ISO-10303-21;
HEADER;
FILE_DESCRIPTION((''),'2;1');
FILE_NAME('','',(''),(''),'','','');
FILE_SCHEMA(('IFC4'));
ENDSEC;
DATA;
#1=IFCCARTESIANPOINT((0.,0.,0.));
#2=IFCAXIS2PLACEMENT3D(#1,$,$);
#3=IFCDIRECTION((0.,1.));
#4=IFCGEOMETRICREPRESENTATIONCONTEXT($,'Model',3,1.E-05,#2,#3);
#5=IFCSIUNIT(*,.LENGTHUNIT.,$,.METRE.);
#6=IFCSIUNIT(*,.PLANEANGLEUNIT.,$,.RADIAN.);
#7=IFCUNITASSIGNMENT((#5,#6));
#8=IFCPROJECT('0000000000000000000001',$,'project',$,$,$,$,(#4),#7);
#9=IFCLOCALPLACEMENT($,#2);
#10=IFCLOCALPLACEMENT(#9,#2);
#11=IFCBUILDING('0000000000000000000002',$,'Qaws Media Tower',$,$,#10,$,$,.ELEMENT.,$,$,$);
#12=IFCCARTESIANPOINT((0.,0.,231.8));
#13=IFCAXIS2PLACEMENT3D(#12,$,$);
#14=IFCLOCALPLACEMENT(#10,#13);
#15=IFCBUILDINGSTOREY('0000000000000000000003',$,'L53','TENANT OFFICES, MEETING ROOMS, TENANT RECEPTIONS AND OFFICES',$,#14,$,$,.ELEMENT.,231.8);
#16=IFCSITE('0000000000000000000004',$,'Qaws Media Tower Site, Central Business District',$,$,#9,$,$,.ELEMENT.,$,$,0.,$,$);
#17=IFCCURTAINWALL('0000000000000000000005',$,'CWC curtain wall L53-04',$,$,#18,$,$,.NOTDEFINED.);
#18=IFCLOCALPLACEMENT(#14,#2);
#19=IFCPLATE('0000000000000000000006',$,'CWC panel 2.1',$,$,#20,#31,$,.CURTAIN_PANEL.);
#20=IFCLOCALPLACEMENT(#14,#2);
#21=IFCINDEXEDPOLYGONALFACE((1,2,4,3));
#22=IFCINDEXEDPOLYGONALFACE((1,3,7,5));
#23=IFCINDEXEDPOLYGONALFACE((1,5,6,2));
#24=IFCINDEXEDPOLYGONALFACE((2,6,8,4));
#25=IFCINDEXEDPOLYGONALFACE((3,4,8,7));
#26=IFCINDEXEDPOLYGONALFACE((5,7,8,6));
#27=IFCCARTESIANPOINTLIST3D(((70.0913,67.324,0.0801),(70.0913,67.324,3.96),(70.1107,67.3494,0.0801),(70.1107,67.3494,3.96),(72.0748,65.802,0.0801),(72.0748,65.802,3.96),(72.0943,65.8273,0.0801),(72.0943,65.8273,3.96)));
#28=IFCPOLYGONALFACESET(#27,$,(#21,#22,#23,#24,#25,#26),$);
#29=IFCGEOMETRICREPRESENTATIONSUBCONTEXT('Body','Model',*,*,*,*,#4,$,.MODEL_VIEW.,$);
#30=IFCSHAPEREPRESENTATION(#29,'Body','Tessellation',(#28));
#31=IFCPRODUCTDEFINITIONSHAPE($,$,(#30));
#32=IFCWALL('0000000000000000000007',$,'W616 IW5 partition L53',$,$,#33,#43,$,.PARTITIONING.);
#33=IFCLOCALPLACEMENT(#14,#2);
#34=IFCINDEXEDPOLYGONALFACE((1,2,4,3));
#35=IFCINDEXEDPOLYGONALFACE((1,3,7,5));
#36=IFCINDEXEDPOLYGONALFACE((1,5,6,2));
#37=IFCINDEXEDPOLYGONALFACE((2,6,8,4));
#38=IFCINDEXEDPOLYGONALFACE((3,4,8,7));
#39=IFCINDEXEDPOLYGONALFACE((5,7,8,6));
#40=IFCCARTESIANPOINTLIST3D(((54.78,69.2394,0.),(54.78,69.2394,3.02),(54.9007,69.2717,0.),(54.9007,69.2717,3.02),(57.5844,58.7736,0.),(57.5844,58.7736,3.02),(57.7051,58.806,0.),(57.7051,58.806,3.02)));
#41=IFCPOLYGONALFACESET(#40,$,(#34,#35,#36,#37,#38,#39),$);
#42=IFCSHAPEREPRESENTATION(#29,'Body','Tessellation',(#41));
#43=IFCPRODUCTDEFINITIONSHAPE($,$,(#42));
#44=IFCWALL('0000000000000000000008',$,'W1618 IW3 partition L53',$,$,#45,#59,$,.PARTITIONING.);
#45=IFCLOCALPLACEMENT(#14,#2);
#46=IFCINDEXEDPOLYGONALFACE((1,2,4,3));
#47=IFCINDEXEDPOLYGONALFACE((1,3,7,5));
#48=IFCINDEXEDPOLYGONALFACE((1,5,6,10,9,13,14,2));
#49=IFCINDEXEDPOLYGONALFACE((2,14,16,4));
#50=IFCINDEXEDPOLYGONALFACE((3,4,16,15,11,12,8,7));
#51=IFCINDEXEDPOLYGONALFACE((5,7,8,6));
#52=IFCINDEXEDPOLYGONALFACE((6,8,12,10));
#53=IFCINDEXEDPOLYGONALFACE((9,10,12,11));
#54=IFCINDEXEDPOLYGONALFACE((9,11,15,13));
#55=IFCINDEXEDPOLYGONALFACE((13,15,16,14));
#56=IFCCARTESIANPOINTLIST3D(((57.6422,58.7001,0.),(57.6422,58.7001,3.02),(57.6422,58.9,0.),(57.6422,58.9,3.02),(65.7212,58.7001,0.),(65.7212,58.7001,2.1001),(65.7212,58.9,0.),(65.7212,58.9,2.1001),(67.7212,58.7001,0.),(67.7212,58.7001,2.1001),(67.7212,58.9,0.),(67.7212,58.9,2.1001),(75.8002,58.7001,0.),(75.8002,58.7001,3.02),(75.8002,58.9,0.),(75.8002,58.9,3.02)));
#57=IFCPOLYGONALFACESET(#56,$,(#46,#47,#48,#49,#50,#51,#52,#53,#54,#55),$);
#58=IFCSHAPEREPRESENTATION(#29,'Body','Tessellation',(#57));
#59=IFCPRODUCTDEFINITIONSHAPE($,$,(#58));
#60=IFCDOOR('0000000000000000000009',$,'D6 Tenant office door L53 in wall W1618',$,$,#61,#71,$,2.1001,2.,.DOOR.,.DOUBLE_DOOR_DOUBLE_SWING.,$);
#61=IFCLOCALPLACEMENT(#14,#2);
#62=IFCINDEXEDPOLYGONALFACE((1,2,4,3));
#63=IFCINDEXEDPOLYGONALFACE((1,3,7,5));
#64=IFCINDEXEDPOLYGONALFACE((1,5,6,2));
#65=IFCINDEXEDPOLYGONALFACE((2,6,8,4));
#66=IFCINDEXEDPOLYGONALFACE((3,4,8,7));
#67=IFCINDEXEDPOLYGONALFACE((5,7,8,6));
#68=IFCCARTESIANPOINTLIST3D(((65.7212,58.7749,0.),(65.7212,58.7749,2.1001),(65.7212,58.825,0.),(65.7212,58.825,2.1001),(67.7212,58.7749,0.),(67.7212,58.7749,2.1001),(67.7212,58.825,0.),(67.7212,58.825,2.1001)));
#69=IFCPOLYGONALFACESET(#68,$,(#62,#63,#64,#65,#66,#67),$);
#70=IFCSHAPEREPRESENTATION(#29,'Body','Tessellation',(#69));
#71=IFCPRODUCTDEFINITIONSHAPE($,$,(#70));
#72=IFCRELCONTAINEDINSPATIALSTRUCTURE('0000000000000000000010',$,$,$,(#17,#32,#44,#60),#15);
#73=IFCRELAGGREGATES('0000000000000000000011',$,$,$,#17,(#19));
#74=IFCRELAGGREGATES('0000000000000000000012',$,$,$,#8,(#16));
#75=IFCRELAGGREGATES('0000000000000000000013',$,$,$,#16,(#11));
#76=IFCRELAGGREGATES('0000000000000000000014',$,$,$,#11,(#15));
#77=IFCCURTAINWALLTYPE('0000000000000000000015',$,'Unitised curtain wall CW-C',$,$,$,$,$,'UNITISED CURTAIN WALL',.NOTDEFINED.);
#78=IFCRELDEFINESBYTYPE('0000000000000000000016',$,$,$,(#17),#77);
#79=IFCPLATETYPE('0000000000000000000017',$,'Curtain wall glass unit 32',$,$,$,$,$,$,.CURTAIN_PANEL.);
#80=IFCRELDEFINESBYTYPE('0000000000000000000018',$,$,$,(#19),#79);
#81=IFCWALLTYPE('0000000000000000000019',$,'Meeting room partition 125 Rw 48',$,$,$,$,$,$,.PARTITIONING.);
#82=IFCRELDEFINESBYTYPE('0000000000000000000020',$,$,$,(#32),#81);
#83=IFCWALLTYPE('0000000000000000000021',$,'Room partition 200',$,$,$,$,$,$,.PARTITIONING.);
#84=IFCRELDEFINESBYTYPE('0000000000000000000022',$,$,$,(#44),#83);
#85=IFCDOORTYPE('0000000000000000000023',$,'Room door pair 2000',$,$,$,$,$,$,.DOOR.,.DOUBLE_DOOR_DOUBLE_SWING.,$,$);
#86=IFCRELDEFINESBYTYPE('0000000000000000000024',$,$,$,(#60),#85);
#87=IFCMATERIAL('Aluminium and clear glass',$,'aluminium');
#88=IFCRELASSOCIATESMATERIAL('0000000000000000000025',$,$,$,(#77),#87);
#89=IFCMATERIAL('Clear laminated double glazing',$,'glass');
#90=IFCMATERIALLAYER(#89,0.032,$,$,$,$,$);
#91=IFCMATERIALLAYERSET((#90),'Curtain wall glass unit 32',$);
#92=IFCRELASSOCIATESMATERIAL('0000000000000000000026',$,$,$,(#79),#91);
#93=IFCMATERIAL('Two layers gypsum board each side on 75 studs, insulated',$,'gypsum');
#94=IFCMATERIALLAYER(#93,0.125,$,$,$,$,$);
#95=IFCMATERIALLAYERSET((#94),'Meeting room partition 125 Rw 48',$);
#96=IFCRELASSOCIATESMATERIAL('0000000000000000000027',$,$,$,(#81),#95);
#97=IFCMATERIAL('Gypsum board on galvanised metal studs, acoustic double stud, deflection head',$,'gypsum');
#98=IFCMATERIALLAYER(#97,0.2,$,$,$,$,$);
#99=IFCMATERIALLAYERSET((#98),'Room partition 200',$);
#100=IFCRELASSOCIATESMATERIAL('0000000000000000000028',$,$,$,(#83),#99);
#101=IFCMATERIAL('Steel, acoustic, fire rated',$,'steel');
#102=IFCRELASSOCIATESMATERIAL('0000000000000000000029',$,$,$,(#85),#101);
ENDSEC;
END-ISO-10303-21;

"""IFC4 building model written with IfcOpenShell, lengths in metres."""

from ifc_helpers import new_model, si_unit, direction, frame, frame_2d, origin, origin_2d, place, context, subcontext, project, spatial, rectangle, extrude, material, layer, layer_set, type_object, element, fill, aggregate, save


model = new_model("IFC4")

# Units and contexts
model_context = context("Model", 3, precision=1e-05, world=origin(), true_north=direction((0.0, 1.0)))
body_context = subcontext(model_context, "Body", "Model", "MODEL_VIEW")
ifc_project = project(units=[si_unit("LENGTHUNIT", "METRE"), si_unit("PLANEANGLEUNIT", "RADIAN")], contexts=[model_context])

# Site, building, storey
site_placement = place(None, origin())
site = spatial("IfcSite", under=ifc_project, at=site_placement, Name="Qaws Media Tower Site, Central Business District", CompositionType="ELEMENT", RefElevation=0.0)
building_placement = place(site_placement, origin())
building = spatial("IfcBuilding", under=site, at=building_placement, Name="Qaws Media Tower", CompositionType="ELEMENT")
storey_placement = place(building_placement, frame((0.0, 0.0, 231.8)))
storey = spatial("IfcBuildingStorey", under=building, at=storey_placement, Name="L53", Description="TENANT OFFICES, MEETING ROOMS, TENANT RECEPTIONS AND OFFICES", CompositionType="ELEMENT", Elevation=231.8)

# Curtain wall
ifc_material_1 = material(Name="Aluminium and clear glass", Category="aluminium")
curtain_wall_type = type_object("IfcCurtainWallType", Name="Unitised curtain wall CW-C", ElementType="UNITISED CURTAIN WALL", PredefinedType="NOTDEFINED", material=ifc_material_1)
curtain_wall_1_placement = place(storey_placement, origin())
curtain_wall_1 = element("IfcCurtainWall", 1, at=curtain_wall_1_placement, inside=storey, type_object=curtain_wall_type, Name="CWC curtain wall L53-04", PredefinedType="NOTDEFINED")

# Plate
ifc_material_2 = material(Name="Clear laminated double glazing", Category="glass")
ifc_layer_1 = layer(ifc_material_2, 0.032)
ifc_layer_set_1 = layer_set([ifc_layer_1], Name="Curtain wall glass unit 32")
plate_type = type_object("IfcPlateType", Name="Curtain wall glass unit 32", PredefinedType="CURTAIN_PANEL", material=ifc_layer_set_1)
plate_placement = place(storey_placement, frame((71.0928, 66.5757, 0.0801), z_axis=(0.0, 0.0, 1.0), x_axis=(-0.793353, 0.608761, 0.0)))
plate = element("IfcPlate", 2, at=plate_placement, type_object=plate_type, Name="CWC panel 2.1", PredefinedType="CURTAIN_PANEL", context=body_context, shape_type="SweptSolid", body=[
    extrude(rectangle(XDim=2.5002, YDim=0.032, at=origin_2d()), origin(), (0.0, 0.0, 1.0), 3.8799),
])
aggregate(curtain_wall_1, [plate])

# Wall
ifc_material_3 = material(Name="Two layers gypsum board each side on 75 studs, insulated", Category="gypsum")
ifc_layer_2 = layer(ifc_material_3, 0.125)
ifc_layer_set_2 = layer_set([ifc_layer_2], Name="Meeting room partition 125 Rw 48")
wall_type_1 = type_object("IfcWallType", Name="Meeting room partition 125 Rw 48", PredefinedType="PARTITIONING", material=ifc_layer_set_2)
wall_1_placement = place(storey_placement, frame((57.6448, 58.7898, 0.0), z_axis=(0.0, 0.0, 1.0), x_axis=(-0.258831, 0.965923, 0.0)))
element("IfcWall", 3, at=wall_1_placement, inside=storey, type_object=wall_type_1, Name="W616 IW5 partition L53", PredefinedType="PARTITIONING", context=body_context, shape_type="SweptSolid", body=[
    extrude(rectangle(XDim=10.835, YDim=0.125, at=frame_2d((5.4175, 0.0))), origin(), (0.0, 0.0, 1.0), 3.02),
])

# Wall, opening, door
ifc_material_4 = material(Name="Gypsum board on galvanised metal studs, acoustic double stud, deflection head", Category="gypsum")
ifc_layer_3 = layer(ifc_material_4, 0.2)
ifc_layer_set_3 = layer_set([ifc_layer_3], Name="Room partition 200")
wall_type_2 = type_object("IfcWallType", Name="Room partition 200", PredefinedType="PARTITIONING", material=ifc_layer_set_3)
wall_2_placement = place(storey_placement, frame((57.6421, 58.8, 0.0), z_axis=(0.0, 0.0, 1.0), x_axis=(1.0, 0.0, 0.0)))
wall_2 = element("IfcWall", 4, at=wall_2_placement, inside=storey, type_object=wall_type_2, Name="W1618 IW3 partition L53", PredefinedType="PARTITIONING", context=body_context, shape_type="SweptSolid", body=[
    extrude(rectangle(XDim=18.158, YDim=0.2, at=frame_2d((9.0791, 0.0))), origin(), (0.0, 0.0, 1.0), 3.02),
])
opening_placement = place(wall_2_placement, frame((8.0791, 0.0, 0.0)))
opening = element("IfcOpeningElement", 5, at=opening_placement, cuts=wall_2, PredefinedType="OPENING", context=body_context, shape_type="SweptSolid", body=[
    extrude(rectangle(XDim=2.0, YDim=2.1001, at=frame_2d((1.0, 1.05))), frame((0.0, 0.1099, 0.0), z_axis=(0.0, -1.0, 0.0), x_axis=(1.0, 0.0, 0.0)), (0.0, 0.0, 1.0), 0.22),
])
ifc_material_5 = material(Name="Steel, acoustic, fire rated", Category="steel")
door_type = type_object("IfcDoorType", Name="Room door pair 2000", OperationType="DOUBLE_DOOR_DOUBLE_SWING", PredefinedType="DOOR", material=ifc_material_5)
door_placement = place(opening_placement, origin())
door = element("IfcDoor", 6, at=door_placement, inside=storey, type_object=door_type, Name="D6 Tenant office door L53 in wall W1618", OperationType="DOUBLE_DOOR_DOUBLE_SWING", OverallHeight=2.1001, OverallWidth=2.0, PredefinedType="DOOR", context=body_context, shape_type="SweptSolid", body=[
    extrude(rectangle(XDim=2.0, YDim=2.1001, at=frame_2d((1.0, 1.05))), frame((0.0, 0.0249, 0.0), z_axis=(0.0, -1.0, 0.0), x_axis=(1.0, 0.0, 0.0)), (0.0, 0.0, 1.0), 0.05),
])
fill(opening, door)

save(model, "model.ifc")
